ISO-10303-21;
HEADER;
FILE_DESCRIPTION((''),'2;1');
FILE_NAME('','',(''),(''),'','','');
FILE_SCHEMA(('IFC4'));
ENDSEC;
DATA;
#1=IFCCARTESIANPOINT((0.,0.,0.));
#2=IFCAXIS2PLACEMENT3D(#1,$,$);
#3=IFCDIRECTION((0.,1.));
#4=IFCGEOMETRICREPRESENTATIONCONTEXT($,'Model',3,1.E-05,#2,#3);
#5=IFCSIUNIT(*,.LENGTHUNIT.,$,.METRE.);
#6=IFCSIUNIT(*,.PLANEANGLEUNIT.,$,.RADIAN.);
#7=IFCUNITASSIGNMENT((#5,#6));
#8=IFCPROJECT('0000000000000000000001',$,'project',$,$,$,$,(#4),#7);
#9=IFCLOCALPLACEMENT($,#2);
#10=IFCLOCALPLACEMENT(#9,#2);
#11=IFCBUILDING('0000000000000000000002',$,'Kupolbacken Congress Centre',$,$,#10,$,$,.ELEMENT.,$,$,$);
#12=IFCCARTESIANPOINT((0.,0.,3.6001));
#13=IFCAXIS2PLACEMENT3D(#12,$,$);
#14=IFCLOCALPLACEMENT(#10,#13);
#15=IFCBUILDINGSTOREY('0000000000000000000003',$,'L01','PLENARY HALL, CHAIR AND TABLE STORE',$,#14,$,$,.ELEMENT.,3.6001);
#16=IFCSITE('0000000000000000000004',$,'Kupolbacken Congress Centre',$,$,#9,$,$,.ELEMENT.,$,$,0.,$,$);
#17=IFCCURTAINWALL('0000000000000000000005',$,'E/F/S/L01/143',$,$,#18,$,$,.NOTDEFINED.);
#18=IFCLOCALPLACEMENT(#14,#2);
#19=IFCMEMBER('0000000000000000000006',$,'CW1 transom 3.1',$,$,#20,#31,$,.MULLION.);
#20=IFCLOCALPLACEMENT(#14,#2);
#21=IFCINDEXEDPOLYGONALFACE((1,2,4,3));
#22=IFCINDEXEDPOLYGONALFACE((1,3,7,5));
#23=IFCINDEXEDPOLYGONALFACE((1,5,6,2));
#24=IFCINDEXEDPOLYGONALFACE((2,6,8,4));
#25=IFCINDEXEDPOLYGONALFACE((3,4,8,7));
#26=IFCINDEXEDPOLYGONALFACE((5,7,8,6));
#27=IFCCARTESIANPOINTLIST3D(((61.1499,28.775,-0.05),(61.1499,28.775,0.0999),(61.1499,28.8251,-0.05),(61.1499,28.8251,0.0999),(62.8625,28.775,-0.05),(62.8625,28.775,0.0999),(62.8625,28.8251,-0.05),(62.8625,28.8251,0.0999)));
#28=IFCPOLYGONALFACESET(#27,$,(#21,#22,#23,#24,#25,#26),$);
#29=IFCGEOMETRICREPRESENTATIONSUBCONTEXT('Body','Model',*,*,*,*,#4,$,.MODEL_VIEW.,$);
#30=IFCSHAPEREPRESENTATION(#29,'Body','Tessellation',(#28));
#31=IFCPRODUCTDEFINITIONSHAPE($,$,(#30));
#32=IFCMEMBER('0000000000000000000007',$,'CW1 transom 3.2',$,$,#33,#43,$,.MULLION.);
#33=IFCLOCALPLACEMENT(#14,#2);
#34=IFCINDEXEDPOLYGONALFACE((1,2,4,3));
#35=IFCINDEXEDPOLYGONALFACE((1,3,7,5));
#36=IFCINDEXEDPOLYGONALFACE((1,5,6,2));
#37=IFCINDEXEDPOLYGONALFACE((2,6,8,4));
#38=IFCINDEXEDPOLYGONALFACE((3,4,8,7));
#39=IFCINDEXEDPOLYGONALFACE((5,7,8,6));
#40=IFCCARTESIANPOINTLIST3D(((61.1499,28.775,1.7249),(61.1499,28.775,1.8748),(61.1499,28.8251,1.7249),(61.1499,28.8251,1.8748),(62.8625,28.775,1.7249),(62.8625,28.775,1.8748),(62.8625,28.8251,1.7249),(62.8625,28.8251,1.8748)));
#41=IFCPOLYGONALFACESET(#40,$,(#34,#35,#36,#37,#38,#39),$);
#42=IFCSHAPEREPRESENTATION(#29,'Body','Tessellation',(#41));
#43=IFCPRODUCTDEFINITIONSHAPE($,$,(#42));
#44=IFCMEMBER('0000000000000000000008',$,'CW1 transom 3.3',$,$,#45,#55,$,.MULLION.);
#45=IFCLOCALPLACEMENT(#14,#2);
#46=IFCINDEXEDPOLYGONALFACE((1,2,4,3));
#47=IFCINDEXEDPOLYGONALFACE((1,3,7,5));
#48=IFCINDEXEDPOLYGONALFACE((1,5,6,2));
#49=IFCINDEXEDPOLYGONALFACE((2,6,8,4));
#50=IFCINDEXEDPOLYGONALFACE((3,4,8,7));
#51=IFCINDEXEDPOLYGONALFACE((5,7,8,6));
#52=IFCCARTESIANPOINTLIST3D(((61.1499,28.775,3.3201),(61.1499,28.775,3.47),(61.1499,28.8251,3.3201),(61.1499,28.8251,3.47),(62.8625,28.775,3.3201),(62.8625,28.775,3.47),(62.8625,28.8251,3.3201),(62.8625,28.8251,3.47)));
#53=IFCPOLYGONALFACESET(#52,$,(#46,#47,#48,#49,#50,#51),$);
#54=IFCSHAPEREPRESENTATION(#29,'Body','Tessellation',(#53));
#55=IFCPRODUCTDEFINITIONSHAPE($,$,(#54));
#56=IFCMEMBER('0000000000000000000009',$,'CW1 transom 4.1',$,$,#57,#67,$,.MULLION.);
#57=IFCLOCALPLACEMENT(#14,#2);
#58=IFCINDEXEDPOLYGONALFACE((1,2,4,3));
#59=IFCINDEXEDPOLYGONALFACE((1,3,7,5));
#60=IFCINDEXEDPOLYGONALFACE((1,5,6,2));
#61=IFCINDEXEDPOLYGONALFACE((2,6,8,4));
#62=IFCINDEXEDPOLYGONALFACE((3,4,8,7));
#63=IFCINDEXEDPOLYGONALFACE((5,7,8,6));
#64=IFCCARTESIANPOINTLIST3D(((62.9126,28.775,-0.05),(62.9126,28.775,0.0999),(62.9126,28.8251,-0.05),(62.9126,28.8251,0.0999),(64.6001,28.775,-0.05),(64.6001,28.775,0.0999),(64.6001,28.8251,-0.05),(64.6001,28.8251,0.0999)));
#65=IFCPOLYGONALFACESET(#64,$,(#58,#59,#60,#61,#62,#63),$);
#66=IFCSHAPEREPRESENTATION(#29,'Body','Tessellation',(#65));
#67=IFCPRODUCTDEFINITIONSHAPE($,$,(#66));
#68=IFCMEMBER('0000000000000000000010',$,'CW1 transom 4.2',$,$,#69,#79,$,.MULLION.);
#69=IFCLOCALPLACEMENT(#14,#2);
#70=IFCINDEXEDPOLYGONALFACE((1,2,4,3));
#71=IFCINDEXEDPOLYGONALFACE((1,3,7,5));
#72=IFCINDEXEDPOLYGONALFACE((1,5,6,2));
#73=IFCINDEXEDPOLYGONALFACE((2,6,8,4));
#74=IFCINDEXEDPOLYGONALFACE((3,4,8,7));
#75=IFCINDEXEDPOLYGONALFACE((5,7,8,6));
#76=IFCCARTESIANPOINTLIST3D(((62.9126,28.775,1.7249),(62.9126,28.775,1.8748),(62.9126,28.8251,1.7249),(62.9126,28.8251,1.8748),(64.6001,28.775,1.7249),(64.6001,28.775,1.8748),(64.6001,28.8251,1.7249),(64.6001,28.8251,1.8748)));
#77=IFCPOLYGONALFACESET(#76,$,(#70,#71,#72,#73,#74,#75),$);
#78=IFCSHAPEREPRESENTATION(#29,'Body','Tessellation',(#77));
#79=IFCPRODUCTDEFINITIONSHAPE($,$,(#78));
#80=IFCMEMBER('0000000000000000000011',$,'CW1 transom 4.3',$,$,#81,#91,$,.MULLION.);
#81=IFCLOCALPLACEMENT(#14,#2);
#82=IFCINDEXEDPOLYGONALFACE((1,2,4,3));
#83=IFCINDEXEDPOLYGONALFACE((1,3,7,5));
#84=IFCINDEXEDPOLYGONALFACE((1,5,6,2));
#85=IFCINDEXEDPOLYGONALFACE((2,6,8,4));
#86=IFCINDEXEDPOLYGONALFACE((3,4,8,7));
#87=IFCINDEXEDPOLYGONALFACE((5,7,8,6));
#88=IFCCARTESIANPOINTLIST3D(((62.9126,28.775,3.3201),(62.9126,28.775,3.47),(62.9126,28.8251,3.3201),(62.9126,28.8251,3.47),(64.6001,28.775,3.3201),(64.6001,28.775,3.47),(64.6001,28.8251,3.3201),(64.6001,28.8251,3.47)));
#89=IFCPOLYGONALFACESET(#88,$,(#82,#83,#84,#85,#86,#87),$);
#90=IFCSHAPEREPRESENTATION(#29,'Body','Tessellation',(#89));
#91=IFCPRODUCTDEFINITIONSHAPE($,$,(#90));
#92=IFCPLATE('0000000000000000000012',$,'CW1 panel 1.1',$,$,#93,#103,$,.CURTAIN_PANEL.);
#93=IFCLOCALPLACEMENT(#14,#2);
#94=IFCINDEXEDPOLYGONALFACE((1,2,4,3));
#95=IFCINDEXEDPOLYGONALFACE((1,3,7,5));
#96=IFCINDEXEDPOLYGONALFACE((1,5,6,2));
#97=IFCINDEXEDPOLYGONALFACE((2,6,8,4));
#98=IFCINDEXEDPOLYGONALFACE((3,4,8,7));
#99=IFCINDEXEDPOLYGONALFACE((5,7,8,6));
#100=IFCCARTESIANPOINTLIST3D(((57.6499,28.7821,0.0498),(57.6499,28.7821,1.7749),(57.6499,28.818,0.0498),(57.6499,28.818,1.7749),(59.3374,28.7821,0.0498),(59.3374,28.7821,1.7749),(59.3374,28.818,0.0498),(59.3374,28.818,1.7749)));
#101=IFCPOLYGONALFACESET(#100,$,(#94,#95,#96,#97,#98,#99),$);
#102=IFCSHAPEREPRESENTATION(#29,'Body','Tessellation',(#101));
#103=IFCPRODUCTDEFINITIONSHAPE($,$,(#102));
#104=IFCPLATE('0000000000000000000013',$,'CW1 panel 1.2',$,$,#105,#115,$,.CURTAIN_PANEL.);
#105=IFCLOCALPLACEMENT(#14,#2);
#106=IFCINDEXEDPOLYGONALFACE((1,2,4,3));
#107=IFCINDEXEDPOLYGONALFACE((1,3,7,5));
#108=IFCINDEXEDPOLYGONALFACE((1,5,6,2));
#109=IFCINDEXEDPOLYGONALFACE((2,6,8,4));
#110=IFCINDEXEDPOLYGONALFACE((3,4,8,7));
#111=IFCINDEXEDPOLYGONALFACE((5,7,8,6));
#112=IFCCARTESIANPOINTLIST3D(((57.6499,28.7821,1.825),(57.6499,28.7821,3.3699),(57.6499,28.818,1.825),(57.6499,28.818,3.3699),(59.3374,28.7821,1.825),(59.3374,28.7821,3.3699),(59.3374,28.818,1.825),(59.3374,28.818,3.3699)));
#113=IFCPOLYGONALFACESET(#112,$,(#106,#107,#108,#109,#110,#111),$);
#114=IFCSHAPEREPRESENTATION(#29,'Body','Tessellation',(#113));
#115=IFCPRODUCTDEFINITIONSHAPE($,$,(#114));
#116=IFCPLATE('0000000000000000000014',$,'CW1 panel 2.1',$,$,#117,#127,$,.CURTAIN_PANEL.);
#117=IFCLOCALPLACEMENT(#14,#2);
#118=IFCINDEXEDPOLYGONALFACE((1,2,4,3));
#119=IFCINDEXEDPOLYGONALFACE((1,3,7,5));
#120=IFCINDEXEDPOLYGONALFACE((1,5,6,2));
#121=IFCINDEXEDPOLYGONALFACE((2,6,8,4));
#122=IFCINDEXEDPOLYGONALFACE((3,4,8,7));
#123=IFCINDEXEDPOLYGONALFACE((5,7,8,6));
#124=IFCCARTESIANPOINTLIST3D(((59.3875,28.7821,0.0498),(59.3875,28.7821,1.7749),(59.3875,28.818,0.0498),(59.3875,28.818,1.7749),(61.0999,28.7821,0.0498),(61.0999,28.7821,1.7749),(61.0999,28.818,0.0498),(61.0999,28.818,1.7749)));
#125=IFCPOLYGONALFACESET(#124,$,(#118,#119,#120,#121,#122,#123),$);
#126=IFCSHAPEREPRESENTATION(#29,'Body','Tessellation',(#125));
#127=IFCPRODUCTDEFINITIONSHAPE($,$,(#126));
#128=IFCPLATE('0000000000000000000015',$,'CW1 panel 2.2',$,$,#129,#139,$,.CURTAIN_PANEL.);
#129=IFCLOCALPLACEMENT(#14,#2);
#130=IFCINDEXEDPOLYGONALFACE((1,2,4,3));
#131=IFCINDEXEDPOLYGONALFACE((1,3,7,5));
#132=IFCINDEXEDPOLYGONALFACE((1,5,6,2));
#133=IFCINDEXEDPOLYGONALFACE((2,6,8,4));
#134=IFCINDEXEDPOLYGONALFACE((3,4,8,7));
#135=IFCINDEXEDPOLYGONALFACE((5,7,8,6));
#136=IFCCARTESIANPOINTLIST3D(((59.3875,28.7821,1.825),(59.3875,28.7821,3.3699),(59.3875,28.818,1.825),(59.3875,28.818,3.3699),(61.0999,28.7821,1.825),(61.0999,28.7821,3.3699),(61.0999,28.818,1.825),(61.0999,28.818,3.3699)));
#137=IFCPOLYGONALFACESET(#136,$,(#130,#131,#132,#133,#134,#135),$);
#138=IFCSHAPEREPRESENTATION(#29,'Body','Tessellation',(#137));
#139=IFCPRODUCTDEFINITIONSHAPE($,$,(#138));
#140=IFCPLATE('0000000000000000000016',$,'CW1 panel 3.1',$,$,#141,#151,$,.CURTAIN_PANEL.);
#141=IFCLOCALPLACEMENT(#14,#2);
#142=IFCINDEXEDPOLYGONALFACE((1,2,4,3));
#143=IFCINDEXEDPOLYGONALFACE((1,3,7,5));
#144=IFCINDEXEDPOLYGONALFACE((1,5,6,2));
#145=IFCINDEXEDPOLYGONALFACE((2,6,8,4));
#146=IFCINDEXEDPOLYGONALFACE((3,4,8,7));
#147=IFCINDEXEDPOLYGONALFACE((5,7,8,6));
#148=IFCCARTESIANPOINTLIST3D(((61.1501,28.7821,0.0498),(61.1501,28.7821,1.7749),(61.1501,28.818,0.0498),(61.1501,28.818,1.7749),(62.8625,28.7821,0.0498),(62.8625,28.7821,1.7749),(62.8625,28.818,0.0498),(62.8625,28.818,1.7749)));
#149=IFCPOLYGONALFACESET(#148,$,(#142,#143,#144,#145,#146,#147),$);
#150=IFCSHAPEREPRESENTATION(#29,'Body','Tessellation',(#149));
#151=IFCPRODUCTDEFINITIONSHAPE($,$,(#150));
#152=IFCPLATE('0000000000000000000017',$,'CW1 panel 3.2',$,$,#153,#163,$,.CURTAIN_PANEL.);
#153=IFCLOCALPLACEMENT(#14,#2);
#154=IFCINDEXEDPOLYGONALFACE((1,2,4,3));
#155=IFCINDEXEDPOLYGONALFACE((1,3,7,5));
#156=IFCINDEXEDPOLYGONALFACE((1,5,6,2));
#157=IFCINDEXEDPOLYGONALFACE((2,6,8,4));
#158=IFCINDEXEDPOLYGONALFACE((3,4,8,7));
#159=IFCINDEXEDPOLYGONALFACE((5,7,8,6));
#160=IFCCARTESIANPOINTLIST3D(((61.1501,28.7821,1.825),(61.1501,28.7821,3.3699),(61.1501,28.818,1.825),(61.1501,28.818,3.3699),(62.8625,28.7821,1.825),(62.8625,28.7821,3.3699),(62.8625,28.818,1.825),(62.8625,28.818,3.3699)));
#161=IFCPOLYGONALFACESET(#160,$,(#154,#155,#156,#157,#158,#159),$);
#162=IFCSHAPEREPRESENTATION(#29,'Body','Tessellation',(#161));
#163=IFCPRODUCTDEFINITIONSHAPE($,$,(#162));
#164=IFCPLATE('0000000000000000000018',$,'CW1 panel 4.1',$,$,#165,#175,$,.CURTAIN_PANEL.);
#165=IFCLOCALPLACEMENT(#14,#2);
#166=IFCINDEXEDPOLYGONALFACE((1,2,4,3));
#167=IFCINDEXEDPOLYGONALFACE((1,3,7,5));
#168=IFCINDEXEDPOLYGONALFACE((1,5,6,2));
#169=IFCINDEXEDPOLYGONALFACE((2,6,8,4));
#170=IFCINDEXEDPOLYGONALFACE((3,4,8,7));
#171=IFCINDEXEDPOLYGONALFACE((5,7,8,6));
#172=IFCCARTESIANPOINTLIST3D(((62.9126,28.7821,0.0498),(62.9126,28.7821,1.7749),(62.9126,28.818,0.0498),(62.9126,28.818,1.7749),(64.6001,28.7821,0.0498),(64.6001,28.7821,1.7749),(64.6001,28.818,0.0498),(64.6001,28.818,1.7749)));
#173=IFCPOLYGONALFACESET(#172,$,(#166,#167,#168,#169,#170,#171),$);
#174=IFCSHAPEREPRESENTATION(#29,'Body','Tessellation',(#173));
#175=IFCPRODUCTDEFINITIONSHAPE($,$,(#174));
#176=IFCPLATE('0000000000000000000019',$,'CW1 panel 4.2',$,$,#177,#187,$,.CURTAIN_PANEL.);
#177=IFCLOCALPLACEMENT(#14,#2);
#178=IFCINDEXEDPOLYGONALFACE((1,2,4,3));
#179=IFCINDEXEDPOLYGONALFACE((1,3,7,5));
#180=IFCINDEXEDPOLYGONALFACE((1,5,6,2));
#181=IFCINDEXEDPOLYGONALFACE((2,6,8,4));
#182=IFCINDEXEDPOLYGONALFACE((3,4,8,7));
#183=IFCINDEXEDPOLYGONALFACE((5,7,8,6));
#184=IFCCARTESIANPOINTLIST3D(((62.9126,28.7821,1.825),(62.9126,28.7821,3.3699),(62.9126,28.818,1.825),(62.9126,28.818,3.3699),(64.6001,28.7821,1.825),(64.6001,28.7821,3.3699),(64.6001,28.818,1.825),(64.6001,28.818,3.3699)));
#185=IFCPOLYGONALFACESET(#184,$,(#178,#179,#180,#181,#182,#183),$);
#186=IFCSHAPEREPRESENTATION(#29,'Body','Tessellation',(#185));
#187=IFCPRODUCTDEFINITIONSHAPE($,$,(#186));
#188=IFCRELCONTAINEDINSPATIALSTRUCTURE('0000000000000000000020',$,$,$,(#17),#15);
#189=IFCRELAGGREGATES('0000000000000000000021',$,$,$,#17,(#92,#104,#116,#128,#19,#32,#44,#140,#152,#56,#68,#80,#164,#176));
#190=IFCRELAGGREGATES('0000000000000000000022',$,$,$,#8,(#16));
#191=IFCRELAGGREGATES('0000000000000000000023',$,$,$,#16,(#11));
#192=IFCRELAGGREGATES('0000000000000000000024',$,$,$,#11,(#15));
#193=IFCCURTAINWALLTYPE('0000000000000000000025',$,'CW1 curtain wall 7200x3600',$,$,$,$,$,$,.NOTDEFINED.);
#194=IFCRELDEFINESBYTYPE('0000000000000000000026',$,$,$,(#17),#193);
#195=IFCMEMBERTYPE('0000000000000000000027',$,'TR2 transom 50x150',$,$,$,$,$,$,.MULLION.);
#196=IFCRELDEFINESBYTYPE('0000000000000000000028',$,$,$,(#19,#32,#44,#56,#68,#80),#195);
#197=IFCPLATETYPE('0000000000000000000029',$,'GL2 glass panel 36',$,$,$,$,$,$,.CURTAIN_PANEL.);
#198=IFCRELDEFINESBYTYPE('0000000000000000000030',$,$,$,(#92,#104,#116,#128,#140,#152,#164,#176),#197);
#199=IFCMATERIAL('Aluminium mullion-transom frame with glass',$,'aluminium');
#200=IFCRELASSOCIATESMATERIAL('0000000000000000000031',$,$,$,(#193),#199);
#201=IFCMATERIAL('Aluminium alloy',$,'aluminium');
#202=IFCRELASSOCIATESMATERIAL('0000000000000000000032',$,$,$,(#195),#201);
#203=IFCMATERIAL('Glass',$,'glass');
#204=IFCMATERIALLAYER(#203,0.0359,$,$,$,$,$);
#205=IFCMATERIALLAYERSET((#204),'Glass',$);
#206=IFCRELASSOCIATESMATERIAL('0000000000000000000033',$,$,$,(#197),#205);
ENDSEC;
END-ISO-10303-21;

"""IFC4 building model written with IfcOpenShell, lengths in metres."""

from ifc_helpers import new_model, si_unit, direction, frame, origin, origin_2d, place, context, subcontext, project, spatial, rectangle, extrude, material, layer, layer_set, material_profile, profile_set, type_object, element, aggregate, save


model = new_model("IFC4")

# Units and contexts
model_context = context("Model", 3, precision=1e-05, world=origin(), true_north=direction((0.0, 1.0)))
body_context = subcontext(model_context, "Body", "Model", "MODEL_VIEW")
ifc_project = project(units=[si_unit("LENGTHUNIT", "METRE"), si_unit("PLANEANGLEUNIT", "RADIAN")], contexts=[model_context])

# Site, building, storey
site_placement = place(None, origin())
site = spatial("IfcSite", under=ifc_project, at=site_placement, Name="Kupolbacken Congress Centre", CompositionType="ELEMENT", RefElevation=0.0)
building_placement = place(site_placement, origin())
building = spatial("IfcBuilding", under=site, at=building_placement, Name="Kupolbacken Congress Centre", CompositionType="ELEMENT")
storey_placement = place(building_placement, frame((0.0, 0.0, 3.6001)))
storey = spatial("IfcBuildingStorey", under=building, at=storey_placement, Name="L01", Description="PLENARY HALL, CHAIR AND TABLE STORE", CompositionType="ELEMENT", Elevation=3.6001)

# Curtain wall, members, plates
ifc_material_1 = material(Name="Aluminium mullion-transom frame with glass", Category="aluminium")
curtain_wall_type = type_object("IfcCurtainWallType", Name="CW1 curtain wall 7200x3600", PredefinedType="NOTDEFINED", material=ifc_material_1)
curtain_wall_placement = place(storey_placement, origin())
curtain_wall = element("IfcCurtainWall", 1, at=curtain_wall_placement, inside=storey, type_object=curtain_wall_type, Name="E/F/S/L01/143", PredefinedType="NOTDEFINED")
ifc_material_2 = material(Name="Aluminium alloy", Category="aluminium")
ifc_material_profile_1 = material_profile(ifc_material_2, rectangle(XDim=0.05, YDim=0.1499, at=origin_2d()), Name="50 x 150")
ifc_profile_set_1 = profile_set([ifc_material_profile_1], Name="Aluminium alloy")
member_type_1 = type_object("IfcMemberType", Name="TR2 transom 50x150", PredefinedType="MULLION", material=ifc_profile_set_1)
member_1_placement = place(storey_placement, frame((61.1499, 28.8, 0.0249), z_axis=(1.0, 0.0, 0.0), x_axis=(0.0, 1.0, 0.0)))
member_1 = element("IfcMember", 2, at=member_1_placement, type_object=member_type_1, Name="CW1 transom 3.1", PredefinedType="MULLION", context=body_context, shape_type="SweptSolid", body=[
    extrude(rectangle(XDim=0.05, YDim=0.1499, at=origin_2d()), origin(), (0.0, 0.0, 1.0), 1.7126),
])
member_2_placement = place(storey_placement, frame((61.1499, 28.8, 1.7998), z_axis=(1.0, 0.0, 0.0), x_axis=(0.0, 1.0, 0.0)))
member_2 = element("IfcMember", 3, at=member_2_placement, type_object=member_type_1, Name="CW1 transom 3.2", PredefinedType="MULLION", context=body_context, shape_type="SweptSolid", body=[
    extrude(rectangle(XDim=0.05, YDim=0.1499, at=origin_2d()), origin(), (0.0, 0.0, 1.0), 1.7126),
])
member_3_placement = place(storey_placement, frame((61.1499, 28.8, 3.395), z_axis=(1.0, 0.0, 0.0), x_axis=(0.0, 1.0, 0.0)))
member_3 = element("IfcMember", 4, at=member_3_placement, type_object=member_type_1, Name="CW1 transom 3.3", PredefinedType="MULLION", context=body_context, shape_type="SweptSolid", body=[
    extrude(rectangle(XDim=0.05, YDim=0.1499, at=origin_2d()), origin(), (0.0, 0.0, 1.0), 1.7126),
])
member_4_placement = place(storey_placement, frame((62.9126, 28.8, 0.0249), z_axis=(1.0, 0.0, 0.0), x_axis=(0.0, 1.0, 0.0)))
member_4 = element("IfcMember", 5, at=member_4_placement, type_object=member_type_1, Name="CW1 transom 4.1", PredefinedType="MULLION", context=body_context, shape_type="SweptSolid", body=[
    extrude(rectangle(XDim=0.05, YDim=0.1499, at=origin_2d()), origin(), (0.0, 0.0, 1.0), 1.6875),
])
member_5_placement = place(storey_placement, frame((62.9126, 28.8, 1.7998), z_axis=(1.0, 0.0, 0.0), x_axis=(0.0, 1.0, 0.0)))
member_5 = element("IfcMember", 6, at=member_5_placement, type_object=member_type_1, Name="CW1 transom 4.2", PredefinedType="MULLION", context=body_context, shape_type="SweptSolid", body=[
    extrude(rectangle(XDim=0.05, YDim=0.1499, at=origin_2d()), origin(), (0.0, 0.0, 1.0), 1.6875),
])
member_6_placement = place(storey_placement, frame((62.9126, 28.8, 3.395), z_axis=(1.0, 0.0, 0.0), x_axis=(0.0, 1.0, 0.0)))
member_6 = element("IfcMember", 7, at=member_6_placement, type_object=member_type_1, Name="CW1 transom 4.3", PredefinedType="MULLION", context=body_context, shape_type="SweptSolid", body=[
    extrude(rectangle(XDim=0.05, YDim=0.1499, at=origin_2d()), origin(), (0.0, 0.0, 1.0), 1.6875),
])
ifc_material_3 = material(Name="Glass", Category="glass")
ifc_layer_1 = layer(ifc_material_3, 0.0359)
ifc_layer_set_1 = layer_set([ifc_layer_1], Name="Glass")
plate_type = type_object("IfcPlateType", Name="GL2 glass panel 36", PredefinedType="CURTAIN_PANEL", material=ifc_layer_set_1)
plate_1_placement = place(storey_placement, frame((58.4937, 28.8, 0.0498), z_axis=(0.0, 0.0, 1.0), x_axis=(1.0, 0.0, 0.0)))
plate_1 = element("IfcPlate", 8, at=plate_1_placement, type_object=plate_type, Name="CW1 panel 1.1", PredefinedType="CURTAIN_PANEL", context=body_context, shape_type="SweptSolid", body=[
    extrude(rectangle(XDim=1.6875, YDim=0.0359, at=origin_2d()), origin(), (0.0, 0.0, 1.0), 1.7251),
])
plate_2_placement = place(storey_placement, frame((58.4937, 28.8, 1.825), z_axis=(0.0, 0.0, 1.0), x_axis=(1.0, 0.0, 0.0)))
plate_2 = element("IfcPlate", 9, at=plate_2_placement, type_object=plate_type, Name="CW1 panel 1.2", PredefinedType="CURTAIN_PANEL", context=body_context, shape_type="SweptSolid", body=[
    extrude(rectangle(XDim=1.6875, YDim=0.0359, at=origin_2d()), origin(), (0.0, 0.0, 1.0), 1.5449),
])
plate_3_placement = place(storey_placement, frame((60.2437, 28.8, 0.0498), z_axis=(0.0, 0.0, 1.0), x_axis=(1.0, 0.0, 0.0)))
plate_3 = element("IfcPlate", 10, at=plate_3_placement, type_object=plate_type, Name="CW1 panel 2.1", PredefinedType="CURTAIN_PANEL", context=body_context, shape_type="SweptSolid", body=[
    extrude(rectangle(XDim=1.7124, YDim=0.0359, at=origin_2d()), origin(), (0.0, 0.0, 1.0), 1.7251),
])
plate_4_placement = place(storey_placement, frame((60.2437, 28.8, 1.825), z_axis=(0.0, 0.0, 1.0), x_axis=(1.0, 0.0, 0.0)))
plate_4 = element("IfcPlate", 11, at=plate_4_placement, type_object=plate_type, Name="CW1 panel 2.2", PredefinedType="CURTAIN_PANEL", context=body_context, shape_type="SweptSolid", body=[
    extrude(rectangle(XDim=1.7124, YDim=0.0359, at=origin_2d()), origin(), (0.0, 0.0, 1.0), 1.5449),
])
plate_5_placement = place(storey_placement, frame((62.0063, 28.8, 0.0498), z_axis=(0.0, 0.0, 1.0), x_axis=(1.0, 0.0, 0.0)))
plate_5 = element("IfcPlate", 12, at=plate_5_placement, type_object=plate_type, Name="CW1 panel 3.1", PredefinedType="CURTAIN_PANEL", context=body_context, shape_type="SweptSolid", body=[
    extrude(rectangle(XDim=1.7124, YDim=0.0359, at=origin_2d()), origin(), (0.0, 0.0, 1.0), 1.7251),
])
plate_6_placement = place(storey_placement, frame((62.0063, 28.8, 1.825), z_axis=(0.0, 0.0, 1.0), x_axis=(1.0, 0.0, 0.0)))
plate_6 = element("IfcPlate", 13, at=plate_6_placement, type_object=plate_type, Name="CW1 panel 3.2", PredefinedType="CURTAIN_PANEL", context=body_context, shape_type="SweptSolid", body=[
    extrude(rectangle(XDim=1.7124, YDim=0.0359, at=origin_2d()), origin(), (0.0, 0.0, 1.0), 1.5449),
])
plate_7_placement = place(storey_placement, frame((63.7563, 28.8, 0.0498), z_axis=(0.0, 0.0, 1.0), x_axis=(1.0, 0.0, 0.0)))
plate_7 = element("IfcPlate", 14, at=plate_7_placement, type_object=plate_type, Name="CW1 panel 4.1", PredefinedType="CURTAIN_PANEL", context=body_context, shape_type="SweptSolid", body=[
    extrude(rectangle(XDim=1.6875, YDim=0.0359, at=origin_2d()), origin(), (0.0, 0.0, 1.0), 1.7251),
])
plate_8_placement = place(storey_placement, frame((63.7563, 28.8, 1.825), z_axis=(0.0, 0.0, 1.0), x_axis=(1.0, 0.0, 0.0)))
plate_8 = element("IfcPlate", 15, at=plate_8_placement, type_object=plate_type, Name="CW1 panel 4.2", PredefinedType="CURTAIN_PANEL", context=body_context, shape_type="SweptSolid", body=[
    extrude(rectangle(XDim=1.6875, YDim=0.0359, at=origin_2d()), origin(), (0.0, 0.0, 1.0), 1.5449),
])
aggregate(curtain_wall, [plate_1, plate_2, plate_3, plate_4, member_1, member_2, member_3, plate_5, plate_6, member_4, member_5, member_6, plate_7, plate_8])

save(model, "model.ifc")
